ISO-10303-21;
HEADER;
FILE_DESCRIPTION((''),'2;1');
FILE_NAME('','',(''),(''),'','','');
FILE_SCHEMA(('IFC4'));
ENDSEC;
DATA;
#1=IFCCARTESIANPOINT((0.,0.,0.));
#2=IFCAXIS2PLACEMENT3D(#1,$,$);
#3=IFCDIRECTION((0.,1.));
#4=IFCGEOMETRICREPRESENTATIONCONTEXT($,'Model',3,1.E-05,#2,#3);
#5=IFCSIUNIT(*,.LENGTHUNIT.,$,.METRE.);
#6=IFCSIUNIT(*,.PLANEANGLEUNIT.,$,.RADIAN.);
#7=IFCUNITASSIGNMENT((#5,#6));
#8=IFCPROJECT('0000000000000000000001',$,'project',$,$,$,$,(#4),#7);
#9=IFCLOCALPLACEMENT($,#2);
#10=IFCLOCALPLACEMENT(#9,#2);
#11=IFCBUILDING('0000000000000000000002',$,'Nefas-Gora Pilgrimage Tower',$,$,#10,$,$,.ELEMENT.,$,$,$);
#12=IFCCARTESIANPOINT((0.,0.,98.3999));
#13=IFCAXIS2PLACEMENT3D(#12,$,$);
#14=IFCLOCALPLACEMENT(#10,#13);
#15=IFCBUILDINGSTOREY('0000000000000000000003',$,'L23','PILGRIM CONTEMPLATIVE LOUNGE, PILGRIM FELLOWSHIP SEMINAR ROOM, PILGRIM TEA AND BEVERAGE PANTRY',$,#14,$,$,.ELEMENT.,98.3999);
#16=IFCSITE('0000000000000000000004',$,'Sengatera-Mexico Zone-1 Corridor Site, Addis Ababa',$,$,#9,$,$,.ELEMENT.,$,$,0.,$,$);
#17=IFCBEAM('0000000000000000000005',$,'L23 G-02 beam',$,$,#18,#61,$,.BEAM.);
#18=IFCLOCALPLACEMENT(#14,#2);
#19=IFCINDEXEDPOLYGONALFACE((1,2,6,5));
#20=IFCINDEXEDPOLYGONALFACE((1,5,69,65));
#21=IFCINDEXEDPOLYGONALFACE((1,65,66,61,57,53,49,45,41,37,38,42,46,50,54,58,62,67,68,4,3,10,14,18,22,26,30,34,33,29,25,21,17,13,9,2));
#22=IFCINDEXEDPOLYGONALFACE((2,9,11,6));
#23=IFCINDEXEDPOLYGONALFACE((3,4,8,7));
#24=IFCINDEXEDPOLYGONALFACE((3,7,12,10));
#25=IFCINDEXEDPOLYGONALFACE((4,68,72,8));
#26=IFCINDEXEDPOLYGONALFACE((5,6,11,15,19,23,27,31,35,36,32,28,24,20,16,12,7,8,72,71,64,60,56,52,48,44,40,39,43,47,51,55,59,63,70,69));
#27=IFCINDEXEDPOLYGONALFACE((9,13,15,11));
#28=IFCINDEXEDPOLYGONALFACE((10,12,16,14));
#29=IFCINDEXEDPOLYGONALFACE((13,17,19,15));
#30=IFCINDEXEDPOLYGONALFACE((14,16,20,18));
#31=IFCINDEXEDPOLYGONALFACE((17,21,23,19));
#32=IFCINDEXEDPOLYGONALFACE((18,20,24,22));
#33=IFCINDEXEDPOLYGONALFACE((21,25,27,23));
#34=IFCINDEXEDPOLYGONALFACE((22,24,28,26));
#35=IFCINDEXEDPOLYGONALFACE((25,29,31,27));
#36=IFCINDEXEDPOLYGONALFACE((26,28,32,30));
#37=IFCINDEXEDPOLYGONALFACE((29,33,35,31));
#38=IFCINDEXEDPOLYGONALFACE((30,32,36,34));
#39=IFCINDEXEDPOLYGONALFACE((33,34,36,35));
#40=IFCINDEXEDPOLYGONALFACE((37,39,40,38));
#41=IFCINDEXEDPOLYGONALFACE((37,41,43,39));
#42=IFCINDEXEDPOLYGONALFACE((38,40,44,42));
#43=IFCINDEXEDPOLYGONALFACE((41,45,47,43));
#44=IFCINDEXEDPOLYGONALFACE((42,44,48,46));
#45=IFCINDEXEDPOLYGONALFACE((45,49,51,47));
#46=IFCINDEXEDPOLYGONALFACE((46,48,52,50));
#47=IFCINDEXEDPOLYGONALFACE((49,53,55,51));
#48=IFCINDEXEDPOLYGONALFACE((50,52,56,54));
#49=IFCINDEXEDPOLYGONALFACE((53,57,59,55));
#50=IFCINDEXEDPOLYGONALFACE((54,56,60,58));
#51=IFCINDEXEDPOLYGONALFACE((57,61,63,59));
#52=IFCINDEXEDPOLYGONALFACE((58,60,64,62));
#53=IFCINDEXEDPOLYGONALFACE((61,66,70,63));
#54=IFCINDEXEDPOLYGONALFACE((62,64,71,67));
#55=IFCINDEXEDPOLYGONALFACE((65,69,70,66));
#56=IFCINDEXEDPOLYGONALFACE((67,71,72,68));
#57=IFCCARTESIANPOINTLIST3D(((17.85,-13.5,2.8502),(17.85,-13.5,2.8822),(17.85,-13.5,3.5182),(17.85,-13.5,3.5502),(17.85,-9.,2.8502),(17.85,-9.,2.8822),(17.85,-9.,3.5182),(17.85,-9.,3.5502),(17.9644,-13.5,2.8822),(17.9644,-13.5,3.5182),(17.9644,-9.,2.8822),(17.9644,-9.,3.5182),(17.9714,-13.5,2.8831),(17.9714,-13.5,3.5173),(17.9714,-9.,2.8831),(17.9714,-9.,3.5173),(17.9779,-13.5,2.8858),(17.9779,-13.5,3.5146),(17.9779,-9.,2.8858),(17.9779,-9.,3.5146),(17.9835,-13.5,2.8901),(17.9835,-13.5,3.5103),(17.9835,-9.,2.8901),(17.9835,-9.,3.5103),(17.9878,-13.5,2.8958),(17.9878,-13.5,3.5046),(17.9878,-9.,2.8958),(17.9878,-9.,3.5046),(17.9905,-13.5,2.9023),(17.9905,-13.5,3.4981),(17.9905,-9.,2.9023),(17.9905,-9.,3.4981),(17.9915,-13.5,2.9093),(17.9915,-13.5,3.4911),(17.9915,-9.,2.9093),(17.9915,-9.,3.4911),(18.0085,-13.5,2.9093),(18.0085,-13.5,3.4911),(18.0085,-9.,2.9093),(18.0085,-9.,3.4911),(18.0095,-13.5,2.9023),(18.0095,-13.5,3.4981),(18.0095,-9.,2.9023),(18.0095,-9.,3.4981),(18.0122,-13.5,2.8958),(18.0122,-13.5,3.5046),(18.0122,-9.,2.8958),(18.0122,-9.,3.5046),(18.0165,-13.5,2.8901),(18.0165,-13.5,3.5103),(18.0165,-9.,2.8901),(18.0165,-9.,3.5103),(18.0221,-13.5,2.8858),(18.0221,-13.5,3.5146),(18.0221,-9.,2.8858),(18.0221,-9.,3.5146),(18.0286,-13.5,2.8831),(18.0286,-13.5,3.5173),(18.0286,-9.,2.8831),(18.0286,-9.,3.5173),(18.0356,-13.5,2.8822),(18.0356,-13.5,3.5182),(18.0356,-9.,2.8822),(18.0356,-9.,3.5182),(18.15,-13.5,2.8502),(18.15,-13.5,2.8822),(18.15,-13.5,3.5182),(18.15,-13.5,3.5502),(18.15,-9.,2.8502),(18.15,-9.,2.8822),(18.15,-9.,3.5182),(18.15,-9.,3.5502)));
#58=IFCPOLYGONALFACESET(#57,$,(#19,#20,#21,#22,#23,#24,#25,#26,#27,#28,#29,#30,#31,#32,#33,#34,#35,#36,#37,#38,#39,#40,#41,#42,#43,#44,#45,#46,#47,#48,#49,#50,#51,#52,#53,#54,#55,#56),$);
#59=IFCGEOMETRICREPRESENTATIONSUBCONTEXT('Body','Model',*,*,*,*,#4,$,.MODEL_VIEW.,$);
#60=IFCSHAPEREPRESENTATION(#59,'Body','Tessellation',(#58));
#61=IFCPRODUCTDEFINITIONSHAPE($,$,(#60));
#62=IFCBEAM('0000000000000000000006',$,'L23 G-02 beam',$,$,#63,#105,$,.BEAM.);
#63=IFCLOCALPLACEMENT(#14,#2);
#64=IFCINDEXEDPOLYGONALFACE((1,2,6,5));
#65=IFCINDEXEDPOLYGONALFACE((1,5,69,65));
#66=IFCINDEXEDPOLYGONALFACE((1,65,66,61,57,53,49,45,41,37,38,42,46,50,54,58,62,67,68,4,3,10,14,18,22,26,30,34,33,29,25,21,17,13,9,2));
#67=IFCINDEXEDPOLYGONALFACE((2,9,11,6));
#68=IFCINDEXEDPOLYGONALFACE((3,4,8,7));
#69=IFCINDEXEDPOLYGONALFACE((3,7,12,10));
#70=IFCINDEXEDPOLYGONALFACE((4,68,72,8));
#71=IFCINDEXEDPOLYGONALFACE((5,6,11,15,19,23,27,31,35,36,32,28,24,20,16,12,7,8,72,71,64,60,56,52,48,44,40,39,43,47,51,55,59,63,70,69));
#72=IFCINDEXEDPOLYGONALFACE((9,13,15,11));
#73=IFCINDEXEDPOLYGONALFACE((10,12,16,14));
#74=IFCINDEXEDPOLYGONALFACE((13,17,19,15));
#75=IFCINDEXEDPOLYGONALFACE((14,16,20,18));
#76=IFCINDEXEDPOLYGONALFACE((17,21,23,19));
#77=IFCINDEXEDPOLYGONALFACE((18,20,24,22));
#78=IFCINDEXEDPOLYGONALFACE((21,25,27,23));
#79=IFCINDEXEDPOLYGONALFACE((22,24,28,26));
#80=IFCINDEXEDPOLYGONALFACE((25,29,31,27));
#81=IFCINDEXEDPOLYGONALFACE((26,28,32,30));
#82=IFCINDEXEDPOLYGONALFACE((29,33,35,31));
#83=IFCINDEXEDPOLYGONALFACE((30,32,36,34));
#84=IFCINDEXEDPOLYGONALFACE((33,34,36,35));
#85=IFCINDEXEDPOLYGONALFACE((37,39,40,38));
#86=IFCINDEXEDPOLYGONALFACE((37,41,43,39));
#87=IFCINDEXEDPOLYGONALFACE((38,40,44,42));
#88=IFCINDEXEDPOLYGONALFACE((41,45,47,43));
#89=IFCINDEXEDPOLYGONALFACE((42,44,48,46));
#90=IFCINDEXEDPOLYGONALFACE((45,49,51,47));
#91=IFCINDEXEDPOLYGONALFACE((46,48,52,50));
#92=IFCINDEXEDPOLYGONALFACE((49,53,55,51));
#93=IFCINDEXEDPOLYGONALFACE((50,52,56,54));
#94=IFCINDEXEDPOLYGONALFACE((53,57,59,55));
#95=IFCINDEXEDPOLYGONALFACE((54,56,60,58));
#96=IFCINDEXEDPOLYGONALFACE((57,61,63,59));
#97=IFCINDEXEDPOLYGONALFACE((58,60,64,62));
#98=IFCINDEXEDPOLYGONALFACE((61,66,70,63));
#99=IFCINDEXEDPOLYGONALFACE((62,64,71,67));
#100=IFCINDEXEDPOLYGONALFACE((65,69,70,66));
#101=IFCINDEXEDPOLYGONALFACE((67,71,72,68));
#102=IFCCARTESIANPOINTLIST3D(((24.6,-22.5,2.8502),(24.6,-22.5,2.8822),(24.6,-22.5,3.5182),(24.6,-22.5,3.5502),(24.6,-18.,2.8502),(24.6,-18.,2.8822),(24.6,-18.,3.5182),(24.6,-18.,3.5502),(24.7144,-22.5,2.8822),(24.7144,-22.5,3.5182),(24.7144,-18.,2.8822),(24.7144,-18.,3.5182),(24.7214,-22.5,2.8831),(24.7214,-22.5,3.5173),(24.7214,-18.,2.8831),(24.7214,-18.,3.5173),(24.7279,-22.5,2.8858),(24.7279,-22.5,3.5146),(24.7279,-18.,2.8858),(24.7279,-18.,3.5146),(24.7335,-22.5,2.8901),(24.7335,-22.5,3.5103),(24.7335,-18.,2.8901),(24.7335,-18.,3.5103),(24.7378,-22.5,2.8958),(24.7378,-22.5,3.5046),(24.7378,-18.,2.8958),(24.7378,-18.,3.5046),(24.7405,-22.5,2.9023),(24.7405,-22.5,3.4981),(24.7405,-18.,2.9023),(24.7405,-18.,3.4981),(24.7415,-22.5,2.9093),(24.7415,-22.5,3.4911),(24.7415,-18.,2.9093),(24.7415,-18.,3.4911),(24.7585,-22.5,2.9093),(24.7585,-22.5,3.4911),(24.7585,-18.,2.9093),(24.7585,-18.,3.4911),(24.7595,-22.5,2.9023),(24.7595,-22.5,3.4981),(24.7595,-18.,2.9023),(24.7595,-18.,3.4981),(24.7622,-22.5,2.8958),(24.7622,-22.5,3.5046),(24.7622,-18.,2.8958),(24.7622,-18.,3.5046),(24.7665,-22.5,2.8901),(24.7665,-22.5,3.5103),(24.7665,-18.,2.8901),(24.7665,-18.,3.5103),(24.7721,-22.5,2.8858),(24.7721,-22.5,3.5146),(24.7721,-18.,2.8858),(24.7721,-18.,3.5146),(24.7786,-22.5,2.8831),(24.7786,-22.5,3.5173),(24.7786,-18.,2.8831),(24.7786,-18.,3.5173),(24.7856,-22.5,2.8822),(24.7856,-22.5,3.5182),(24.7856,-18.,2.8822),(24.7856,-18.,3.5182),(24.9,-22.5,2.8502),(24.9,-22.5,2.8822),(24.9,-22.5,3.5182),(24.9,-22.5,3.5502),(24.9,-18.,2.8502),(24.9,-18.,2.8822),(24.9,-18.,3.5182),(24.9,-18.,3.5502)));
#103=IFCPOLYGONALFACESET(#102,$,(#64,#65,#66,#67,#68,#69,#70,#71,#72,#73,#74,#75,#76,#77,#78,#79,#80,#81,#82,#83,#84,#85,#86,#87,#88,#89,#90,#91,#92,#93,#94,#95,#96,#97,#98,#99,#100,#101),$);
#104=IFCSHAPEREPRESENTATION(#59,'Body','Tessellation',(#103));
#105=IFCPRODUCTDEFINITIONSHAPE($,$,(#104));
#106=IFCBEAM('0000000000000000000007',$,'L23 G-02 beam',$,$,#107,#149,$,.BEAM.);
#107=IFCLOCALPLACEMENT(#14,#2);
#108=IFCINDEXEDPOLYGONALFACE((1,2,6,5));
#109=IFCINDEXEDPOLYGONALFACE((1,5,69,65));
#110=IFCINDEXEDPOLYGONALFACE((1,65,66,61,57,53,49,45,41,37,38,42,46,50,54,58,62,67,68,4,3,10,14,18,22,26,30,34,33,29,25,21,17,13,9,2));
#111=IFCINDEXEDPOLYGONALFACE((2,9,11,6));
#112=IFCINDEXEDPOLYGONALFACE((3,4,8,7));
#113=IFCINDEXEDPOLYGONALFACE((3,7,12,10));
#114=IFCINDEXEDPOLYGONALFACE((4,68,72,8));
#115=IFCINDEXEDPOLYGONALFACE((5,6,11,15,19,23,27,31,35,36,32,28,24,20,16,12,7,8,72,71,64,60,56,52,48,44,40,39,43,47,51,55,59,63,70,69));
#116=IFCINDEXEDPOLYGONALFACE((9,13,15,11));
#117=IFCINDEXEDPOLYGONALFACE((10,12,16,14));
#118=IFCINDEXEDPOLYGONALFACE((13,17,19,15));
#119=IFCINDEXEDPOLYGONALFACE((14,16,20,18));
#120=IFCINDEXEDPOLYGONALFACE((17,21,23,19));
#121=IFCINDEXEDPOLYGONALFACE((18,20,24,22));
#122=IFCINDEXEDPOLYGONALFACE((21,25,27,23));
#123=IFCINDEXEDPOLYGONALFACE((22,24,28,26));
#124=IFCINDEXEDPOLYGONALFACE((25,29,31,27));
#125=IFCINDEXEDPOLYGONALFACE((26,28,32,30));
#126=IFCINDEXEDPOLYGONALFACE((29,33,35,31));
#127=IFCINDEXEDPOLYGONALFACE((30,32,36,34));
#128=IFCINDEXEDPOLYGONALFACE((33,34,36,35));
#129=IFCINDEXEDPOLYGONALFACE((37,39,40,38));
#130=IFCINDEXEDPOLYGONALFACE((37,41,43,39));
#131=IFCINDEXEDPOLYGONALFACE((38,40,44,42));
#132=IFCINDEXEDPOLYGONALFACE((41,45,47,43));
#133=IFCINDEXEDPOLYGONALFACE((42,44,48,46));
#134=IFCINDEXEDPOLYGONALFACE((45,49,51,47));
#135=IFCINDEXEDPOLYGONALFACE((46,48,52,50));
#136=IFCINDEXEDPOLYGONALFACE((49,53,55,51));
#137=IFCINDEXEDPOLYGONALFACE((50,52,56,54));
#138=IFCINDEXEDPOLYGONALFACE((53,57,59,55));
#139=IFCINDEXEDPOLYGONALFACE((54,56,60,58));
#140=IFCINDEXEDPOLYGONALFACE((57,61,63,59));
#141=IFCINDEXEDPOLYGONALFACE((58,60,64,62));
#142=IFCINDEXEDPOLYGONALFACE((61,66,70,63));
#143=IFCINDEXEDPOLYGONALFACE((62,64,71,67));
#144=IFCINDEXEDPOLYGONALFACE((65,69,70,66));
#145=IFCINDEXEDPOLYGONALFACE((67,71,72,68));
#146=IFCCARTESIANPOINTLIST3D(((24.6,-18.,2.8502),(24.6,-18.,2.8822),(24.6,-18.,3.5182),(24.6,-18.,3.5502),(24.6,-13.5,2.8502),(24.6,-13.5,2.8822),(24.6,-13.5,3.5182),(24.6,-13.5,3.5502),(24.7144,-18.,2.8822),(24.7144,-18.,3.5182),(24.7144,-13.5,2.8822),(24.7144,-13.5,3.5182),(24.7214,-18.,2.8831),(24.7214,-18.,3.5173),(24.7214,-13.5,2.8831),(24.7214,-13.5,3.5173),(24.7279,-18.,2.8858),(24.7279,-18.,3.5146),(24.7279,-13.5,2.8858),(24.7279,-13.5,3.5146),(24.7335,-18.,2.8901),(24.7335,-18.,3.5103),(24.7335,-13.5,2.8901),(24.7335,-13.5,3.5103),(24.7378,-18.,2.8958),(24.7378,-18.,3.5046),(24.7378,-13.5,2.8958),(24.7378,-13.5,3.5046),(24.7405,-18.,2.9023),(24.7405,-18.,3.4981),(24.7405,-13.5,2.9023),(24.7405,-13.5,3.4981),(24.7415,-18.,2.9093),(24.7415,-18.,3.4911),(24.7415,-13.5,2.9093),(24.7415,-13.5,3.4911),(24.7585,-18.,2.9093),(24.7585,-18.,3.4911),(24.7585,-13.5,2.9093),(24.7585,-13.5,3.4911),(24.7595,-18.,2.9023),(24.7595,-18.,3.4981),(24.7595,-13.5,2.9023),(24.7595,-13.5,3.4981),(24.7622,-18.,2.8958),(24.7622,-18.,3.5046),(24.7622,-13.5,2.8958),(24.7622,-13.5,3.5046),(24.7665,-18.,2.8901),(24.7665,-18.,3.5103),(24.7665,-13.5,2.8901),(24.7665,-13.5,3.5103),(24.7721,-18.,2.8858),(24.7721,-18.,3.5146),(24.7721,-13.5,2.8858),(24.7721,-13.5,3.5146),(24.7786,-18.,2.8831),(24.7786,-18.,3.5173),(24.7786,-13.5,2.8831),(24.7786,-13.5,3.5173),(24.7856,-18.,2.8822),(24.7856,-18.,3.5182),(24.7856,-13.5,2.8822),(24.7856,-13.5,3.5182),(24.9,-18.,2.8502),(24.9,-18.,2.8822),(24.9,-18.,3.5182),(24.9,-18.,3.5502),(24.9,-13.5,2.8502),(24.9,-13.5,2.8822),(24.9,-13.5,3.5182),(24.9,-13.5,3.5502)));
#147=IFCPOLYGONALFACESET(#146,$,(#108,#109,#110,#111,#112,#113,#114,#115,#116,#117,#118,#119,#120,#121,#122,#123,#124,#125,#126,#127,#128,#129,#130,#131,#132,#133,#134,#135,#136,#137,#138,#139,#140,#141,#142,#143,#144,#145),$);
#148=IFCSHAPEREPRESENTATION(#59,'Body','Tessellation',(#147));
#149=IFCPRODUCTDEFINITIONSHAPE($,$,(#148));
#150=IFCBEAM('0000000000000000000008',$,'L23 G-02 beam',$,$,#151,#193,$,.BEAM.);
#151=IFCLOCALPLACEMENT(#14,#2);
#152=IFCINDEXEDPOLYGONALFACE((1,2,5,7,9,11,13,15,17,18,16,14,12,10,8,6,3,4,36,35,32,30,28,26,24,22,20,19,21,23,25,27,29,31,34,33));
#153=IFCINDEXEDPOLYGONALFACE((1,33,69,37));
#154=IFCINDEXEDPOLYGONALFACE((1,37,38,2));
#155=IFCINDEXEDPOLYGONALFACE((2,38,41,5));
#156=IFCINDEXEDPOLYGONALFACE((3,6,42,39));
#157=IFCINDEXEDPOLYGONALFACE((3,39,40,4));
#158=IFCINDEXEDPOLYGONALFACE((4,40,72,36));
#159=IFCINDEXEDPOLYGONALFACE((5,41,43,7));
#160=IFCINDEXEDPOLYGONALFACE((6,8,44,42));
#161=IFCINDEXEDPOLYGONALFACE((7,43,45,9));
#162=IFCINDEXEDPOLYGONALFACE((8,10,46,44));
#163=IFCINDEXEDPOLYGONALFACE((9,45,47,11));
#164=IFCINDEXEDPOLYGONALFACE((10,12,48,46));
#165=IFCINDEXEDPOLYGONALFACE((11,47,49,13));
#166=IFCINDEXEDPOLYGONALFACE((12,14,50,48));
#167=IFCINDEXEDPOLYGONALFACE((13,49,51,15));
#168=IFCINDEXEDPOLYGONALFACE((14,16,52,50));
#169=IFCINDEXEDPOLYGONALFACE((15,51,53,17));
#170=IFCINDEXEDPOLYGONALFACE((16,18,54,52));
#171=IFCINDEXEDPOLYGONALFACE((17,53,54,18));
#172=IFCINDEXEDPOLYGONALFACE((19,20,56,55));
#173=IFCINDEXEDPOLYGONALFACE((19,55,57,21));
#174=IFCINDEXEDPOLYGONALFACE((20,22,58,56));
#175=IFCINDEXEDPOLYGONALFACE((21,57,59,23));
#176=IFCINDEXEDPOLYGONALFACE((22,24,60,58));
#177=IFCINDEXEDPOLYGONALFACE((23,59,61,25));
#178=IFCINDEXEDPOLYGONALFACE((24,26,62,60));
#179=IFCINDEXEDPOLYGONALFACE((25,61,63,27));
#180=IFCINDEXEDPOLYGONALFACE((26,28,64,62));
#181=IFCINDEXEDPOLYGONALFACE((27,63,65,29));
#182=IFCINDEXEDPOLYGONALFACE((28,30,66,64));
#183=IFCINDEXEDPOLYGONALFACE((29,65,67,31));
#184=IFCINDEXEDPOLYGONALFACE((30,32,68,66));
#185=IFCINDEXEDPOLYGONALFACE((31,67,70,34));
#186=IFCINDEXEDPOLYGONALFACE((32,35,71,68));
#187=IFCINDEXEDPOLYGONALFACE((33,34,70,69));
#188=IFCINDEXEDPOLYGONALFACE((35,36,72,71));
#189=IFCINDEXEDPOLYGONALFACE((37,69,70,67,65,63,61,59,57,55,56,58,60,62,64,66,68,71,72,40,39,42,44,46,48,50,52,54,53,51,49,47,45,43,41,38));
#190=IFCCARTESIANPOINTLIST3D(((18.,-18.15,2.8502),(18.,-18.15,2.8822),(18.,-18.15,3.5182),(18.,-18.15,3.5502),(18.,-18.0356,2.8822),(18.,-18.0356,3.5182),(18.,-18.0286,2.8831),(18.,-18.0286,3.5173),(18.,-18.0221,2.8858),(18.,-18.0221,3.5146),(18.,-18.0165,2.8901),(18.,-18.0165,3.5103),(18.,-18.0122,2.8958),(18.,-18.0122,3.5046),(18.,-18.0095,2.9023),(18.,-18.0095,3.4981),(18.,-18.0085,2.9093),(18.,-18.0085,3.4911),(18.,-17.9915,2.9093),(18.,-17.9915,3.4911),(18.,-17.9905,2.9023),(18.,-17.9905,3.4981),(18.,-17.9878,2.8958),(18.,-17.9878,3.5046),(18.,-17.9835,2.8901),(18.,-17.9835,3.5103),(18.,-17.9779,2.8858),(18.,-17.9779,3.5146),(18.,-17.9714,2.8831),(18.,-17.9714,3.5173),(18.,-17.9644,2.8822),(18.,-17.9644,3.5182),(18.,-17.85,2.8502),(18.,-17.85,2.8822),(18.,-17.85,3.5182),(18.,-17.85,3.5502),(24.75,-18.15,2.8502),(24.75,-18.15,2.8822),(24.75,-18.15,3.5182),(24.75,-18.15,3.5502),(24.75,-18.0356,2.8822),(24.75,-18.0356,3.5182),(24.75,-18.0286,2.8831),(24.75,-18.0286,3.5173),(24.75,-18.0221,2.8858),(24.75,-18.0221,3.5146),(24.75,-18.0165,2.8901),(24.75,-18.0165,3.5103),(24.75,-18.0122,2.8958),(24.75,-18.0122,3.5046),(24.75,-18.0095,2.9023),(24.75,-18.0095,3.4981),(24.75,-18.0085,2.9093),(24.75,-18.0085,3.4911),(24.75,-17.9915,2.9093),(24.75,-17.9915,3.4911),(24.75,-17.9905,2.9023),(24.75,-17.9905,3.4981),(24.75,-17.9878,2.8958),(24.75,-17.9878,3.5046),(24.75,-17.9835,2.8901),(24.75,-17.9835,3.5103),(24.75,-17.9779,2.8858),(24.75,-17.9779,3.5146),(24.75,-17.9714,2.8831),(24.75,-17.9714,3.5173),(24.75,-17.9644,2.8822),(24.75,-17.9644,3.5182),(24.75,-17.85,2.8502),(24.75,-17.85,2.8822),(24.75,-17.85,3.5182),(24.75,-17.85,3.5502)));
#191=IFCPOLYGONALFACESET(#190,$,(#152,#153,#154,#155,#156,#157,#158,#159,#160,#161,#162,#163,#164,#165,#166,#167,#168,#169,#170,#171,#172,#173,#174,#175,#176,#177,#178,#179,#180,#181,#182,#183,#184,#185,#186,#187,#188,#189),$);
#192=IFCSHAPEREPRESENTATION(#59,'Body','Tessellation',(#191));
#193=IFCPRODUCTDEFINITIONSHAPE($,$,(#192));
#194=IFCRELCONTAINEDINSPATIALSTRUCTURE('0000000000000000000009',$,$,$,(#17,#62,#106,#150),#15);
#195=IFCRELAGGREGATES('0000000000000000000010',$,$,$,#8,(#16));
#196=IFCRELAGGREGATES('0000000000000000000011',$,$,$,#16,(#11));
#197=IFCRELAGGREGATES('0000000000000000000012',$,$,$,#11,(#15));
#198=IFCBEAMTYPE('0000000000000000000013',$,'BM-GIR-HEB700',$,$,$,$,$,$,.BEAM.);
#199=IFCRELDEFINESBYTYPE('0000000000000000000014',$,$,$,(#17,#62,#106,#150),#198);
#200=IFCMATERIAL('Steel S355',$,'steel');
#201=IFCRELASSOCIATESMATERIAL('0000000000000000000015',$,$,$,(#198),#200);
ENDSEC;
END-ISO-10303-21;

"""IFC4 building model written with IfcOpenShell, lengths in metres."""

from ifc_helpers import new_model, si_unit, direction, frame, origin, origin_2d, place, context, subcontext, project, spatial, i_section, extrude, source, transform, mapped, material, material_profile, profile_set, type_object, element, save


model = new_model("IFC4")

# Units and contexts
model_context = context("Model", 3, precision=1e-05, world=origin(), true_north=direction((0.0, 1.0)))
body_context = subcontext(model_context, "Body", "Model", "MODEL_VIEW")
ifc_project = project(units=[si_unit("LENGTHUNIT", "METRE"), si_unit("PLANEANGLEUNIT", "RADIAN")], contexts=[model_context])

# Site, building, storey
site_placement = place(None, origin())
site = spatial("IfcSite", under=ifc_project, at=site_placement, Name="Sengatera-Mexico Zone-1 Corridor Site, Addis Ababa", CompositionType="ELEMENT", RefElevation=0.0)
building_placement = place(site_placement, origin())
building = spatial("IfcBuilding", under=site, at=building_placement, Name="Nefas-Gora Pilgrimage Tower", CompositionType="ELEMENT")
storey_placement = place(building_placement, frame((0.0, 0.0, 98.3999)))
storey = spatial("IfcBuildingStorey", under=building, at=storey_placement, Name="L23", Description="PILGRIM CONTEMPLATIVE LOUNGE, PILGRIM FELLOWSHIP SEMINAR ROOM, PILGRIM TEA AND BEVERAGE PANTRY", CompositionType="ELEMENT", Elevation=98.3999)

# Beams
ifc_material_1 = material(Name="Steel S355", Category="steel")
ifc_material_profile_1 = material_profile(ifc_material_1, i_section(OverallWidth=0.3, OverallDepth=0.7, WebThickness=0.0171, FlangeThickness=0.032, FilletRadius=0.0271, at=origin_2d()), Name="HEB 700")
ifc_profile_set_1 = profile_set([ifc_material_profile_1], Name="Steel S355")
beam_type_1 = type_object("IfcBeamType", Name="BM-GIR-HEB700", PredefinedType="BEAM", material=ifc_profile_set_1)
shared_shape_1 = source(origin(), body_context, "Body", "SweptSolid", [
    extrude(i_section(OverallWidth=0.3, OverallDepth=0.7, WebThickness=0.0171, FlangeThickness=0.032, FilletRadius=0.0271, at=origin_2d()), origin(), (0.0, 0.0, 1.0), 4.5),
])
for number, where, z_axis, x_axis, name in (
    (1, (18.0, -13.5, 3.2002), (0.0, 1.0, 0.0), (-1.0, 0.0, 0.0), "L23 G-02 beam"),
    (2, (24.75, -22.5, 3.2002), (0.0, 1.0, 0.0), (-1.0, 0.0, 0.0), "L23 G-02 beam"),
    (3, (24.75, -18.0, 3.2002), (0.0, 1.0, 0.0), (-1.0, 0.0, 0.0), "L23 G-02 beam"),
):
    element("IfcBeam", number, at=place(storey_placement, frame(where, z_axis=z_axis, x_axis=x_axis)), inside=storey, type_object=beam_type_1, Name=name, PredefinedType="BEAM", context=body_context, shape_type="MappedRepresentation", body=[
        mapped(shared_shape_1, transform((0.0, 0.0, 0.0), x_axis=(1.0, 0.0, 0.0), y_axis=(0.0, 1.0, 0.0), z_axis=(0.0, 0.0, 1.0), scale=1.0)),
    ])
shared_shape_2 = source(origin(), body_context, "Body", "SweptSolid", [
    extrude(i_section(OverallWidth=0.3, OverallDepth=0.7, WebThickness=0.0171, FlangeThickness=0.032, FilletRadius=0.0271, at=origin_2d()), origin(), (0.0, 0.0, 1.0), 6.75),
])
for number, where, z_axis, x_axis, name in (
    (4, (18.0, -18.0, 3.2002), (1.0, 0.0, 0.0), (0.0, 1.0, 0.0), "L23 G-02 beam"),
):
    element("IfcBeam", number, at=place(storey_placement, frame(where, z_axis=z_axis, x_axis=x_axis)), inside=storey, type_object=beam_type_1, Name=name, PredefinedType="BEAM", context=body_context, shape_type="MappedRepresentation", body=[
        mapped(shared_shape_2, transform((0.0, 0.0, 0.0), x_axis=(1.0, 0.0, 0.0), y_axis=(0.0, 1.0, 0.0), z_axis=(0.0, 0.0, 1.0), scale=1.0)),
    ])

save(model, "model.ifc")
